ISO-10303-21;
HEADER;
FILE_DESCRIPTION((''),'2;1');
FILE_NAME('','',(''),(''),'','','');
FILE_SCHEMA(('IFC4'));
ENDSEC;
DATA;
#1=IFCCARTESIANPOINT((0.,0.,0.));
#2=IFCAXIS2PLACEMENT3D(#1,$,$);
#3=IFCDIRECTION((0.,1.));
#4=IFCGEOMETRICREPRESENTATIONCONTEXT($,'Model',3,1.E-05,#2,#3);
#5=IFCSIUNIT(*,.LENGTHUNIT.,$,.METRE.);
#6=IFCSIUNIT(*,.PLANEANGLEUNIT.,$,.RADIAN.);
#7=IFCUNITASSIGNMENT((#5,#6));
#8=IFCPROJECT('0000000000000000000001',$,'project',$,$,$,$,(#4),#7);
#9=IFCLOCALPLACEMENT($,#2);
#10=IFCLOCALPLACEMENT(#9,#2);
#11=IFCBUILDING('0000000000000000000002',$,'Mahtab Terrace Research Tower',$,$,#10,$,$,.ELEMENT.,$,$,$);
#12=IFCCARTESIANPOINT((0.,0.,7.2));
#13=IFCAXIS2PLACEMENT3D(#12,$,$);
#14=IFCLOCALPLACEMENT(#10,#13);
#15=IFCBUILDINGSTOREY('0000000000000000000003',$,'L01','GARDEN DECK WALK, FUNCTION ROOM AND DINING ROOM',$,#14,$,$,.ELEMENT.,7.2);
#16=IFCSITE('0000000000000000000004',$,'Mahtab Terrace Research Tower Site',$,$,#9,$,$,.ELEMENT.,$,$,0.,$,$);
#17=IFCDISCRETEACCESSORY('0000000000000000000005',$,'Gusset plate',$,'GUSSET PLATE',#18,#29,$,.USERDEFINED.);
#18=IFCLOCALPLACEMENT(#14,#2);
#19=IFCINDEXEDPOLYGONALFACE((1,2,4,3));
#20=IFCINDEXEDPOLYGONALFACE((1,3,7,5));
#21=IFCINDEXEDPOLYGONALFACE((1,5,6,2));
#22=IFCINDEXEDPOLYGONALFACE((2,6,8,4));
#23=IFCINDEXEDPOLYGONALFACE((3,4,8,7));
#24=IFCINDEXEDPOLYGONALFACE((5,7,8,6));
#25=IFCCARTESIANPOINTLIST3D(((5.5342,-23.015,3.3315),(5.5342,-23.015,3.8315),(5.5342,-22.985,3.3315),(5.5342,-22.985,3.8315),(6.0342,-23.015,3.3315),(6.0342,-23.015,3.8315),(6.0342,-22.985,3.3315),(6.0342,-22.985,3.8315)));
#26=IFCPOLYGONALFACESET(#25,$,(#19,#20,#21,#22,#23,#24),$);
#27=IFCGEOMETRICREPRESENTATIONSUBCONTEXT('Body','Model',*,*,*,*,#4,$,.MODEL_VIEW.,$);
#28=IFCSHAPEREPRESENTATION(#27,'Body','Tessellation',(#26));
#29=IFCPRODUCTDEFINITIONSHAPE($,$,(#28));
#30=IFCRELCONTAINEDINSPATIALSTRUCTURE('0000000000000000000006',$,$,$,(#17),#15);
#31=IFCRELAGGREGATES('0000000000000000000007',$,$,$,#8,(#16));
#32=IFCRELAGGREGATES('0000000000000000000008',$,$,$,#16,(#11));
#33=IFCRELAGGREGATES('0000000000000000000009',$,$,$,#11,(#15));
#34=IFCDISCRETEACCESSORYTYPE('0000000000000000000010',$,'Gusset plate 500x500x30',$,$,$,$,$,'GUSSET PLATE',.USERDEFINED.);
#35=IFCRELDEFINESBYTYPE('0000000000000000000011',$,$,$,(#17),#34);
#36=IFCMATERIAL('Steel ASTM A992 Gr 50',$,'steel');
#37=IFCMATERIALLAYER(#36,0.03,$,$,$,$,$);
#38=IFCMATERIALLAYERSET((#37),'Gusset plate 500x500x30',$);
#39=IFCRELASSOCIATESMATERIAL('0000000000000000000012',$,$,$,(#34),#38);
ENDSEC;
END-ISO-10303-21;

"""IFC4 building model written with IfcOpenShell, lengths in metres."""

from ifc_helpers import new_model, si_unit, direction, frame, origin, origin_2d, place, context, subcontext, project, spatial, rectangle, extrude, material, layer, layer_set, type_object, element, save


model = new_model("IFC4")

# Units and contexts
model_context = context("Model", 3, precision=1e-05, world=origin(), true_north=direction((0.0, 1.0)))
body_context = subcontext(model_context, "Body", "Model", "MODEL_VIEW")
ifc_project = project(units=[si_unit("LENGTHUNIT", "METRE"), si_unit("PLANEANGLEUNIT", "RADIAN")], contexts=[model_context])

# Site, building, storey
site_placement = place(None, origin())
site = spatial("IfcSite", under=ifc_project, at=site_placement, Name="Mahtab Terrace Research Tower Site", CompositionType="ELEMENT", RefElevation=0.0)
building_placement = place(site_placement, origin())
building = spatial("IfcBuilding", under=site, at=building_placement, Name="Mahtab Terrace Research Tower", CompositionType="ELEMENT")
storey_placement = place(building_placement, frame((0.0, 0.0, 7.2)))
storey = spatial("IfcBuildingStorey", under=building, at=storey_placement, Name="L01", Description="GARDEN DECK WALK, FUNCTION ROOM AND DINING ROOM", CompositionType="ELEMENT", Elevation=7.2)

# Shared definitions
ifc_material_1 = material(Name="Steel ASTM A992 Gr 50", Category="steel")

# Discrete accessory
ifc_layer_1 = layer(ifc_material_1, 0.03)
ifc_layer_set_1 = layer_set([ifc_layer_1], Name="Gusset plate 500x500x30")
discrete_accessory_type_1 = type_object("IfcDiscreteAccessoryType", Name="Gusset plate 500x500x30", ElementType="GUSSET PLATE", PredefinedType="USERDEFINED", material=ifc_layer_set_1)
for number, where, z_axis, x_axis, name in (
    (1, (5.7842, -23.0, 3.3315), (0.0, 0.0, 1.0), (1.0, 0.0, 0.0), "Gusset plate"),
):
    element("IfcDiscreteAccessory", number, at=place(storey_placement, frame(where, z_axis=z_axis, x_axis=x_axis)), inside=storey, type_object=discrete_accessory_type_1, Name=name, ObjectType="GUSSET PLATE", PredefinedType="USERDEFINED", context=body_context, shape_type="SweptSolid", body=[
        extrude(rectangle(XDim=0.5, YDim=0.03, at=origin_2d()), origin(), (0.0, 0.0, 1.0), 0.5),
    ])

save(model, "model.ifc")
